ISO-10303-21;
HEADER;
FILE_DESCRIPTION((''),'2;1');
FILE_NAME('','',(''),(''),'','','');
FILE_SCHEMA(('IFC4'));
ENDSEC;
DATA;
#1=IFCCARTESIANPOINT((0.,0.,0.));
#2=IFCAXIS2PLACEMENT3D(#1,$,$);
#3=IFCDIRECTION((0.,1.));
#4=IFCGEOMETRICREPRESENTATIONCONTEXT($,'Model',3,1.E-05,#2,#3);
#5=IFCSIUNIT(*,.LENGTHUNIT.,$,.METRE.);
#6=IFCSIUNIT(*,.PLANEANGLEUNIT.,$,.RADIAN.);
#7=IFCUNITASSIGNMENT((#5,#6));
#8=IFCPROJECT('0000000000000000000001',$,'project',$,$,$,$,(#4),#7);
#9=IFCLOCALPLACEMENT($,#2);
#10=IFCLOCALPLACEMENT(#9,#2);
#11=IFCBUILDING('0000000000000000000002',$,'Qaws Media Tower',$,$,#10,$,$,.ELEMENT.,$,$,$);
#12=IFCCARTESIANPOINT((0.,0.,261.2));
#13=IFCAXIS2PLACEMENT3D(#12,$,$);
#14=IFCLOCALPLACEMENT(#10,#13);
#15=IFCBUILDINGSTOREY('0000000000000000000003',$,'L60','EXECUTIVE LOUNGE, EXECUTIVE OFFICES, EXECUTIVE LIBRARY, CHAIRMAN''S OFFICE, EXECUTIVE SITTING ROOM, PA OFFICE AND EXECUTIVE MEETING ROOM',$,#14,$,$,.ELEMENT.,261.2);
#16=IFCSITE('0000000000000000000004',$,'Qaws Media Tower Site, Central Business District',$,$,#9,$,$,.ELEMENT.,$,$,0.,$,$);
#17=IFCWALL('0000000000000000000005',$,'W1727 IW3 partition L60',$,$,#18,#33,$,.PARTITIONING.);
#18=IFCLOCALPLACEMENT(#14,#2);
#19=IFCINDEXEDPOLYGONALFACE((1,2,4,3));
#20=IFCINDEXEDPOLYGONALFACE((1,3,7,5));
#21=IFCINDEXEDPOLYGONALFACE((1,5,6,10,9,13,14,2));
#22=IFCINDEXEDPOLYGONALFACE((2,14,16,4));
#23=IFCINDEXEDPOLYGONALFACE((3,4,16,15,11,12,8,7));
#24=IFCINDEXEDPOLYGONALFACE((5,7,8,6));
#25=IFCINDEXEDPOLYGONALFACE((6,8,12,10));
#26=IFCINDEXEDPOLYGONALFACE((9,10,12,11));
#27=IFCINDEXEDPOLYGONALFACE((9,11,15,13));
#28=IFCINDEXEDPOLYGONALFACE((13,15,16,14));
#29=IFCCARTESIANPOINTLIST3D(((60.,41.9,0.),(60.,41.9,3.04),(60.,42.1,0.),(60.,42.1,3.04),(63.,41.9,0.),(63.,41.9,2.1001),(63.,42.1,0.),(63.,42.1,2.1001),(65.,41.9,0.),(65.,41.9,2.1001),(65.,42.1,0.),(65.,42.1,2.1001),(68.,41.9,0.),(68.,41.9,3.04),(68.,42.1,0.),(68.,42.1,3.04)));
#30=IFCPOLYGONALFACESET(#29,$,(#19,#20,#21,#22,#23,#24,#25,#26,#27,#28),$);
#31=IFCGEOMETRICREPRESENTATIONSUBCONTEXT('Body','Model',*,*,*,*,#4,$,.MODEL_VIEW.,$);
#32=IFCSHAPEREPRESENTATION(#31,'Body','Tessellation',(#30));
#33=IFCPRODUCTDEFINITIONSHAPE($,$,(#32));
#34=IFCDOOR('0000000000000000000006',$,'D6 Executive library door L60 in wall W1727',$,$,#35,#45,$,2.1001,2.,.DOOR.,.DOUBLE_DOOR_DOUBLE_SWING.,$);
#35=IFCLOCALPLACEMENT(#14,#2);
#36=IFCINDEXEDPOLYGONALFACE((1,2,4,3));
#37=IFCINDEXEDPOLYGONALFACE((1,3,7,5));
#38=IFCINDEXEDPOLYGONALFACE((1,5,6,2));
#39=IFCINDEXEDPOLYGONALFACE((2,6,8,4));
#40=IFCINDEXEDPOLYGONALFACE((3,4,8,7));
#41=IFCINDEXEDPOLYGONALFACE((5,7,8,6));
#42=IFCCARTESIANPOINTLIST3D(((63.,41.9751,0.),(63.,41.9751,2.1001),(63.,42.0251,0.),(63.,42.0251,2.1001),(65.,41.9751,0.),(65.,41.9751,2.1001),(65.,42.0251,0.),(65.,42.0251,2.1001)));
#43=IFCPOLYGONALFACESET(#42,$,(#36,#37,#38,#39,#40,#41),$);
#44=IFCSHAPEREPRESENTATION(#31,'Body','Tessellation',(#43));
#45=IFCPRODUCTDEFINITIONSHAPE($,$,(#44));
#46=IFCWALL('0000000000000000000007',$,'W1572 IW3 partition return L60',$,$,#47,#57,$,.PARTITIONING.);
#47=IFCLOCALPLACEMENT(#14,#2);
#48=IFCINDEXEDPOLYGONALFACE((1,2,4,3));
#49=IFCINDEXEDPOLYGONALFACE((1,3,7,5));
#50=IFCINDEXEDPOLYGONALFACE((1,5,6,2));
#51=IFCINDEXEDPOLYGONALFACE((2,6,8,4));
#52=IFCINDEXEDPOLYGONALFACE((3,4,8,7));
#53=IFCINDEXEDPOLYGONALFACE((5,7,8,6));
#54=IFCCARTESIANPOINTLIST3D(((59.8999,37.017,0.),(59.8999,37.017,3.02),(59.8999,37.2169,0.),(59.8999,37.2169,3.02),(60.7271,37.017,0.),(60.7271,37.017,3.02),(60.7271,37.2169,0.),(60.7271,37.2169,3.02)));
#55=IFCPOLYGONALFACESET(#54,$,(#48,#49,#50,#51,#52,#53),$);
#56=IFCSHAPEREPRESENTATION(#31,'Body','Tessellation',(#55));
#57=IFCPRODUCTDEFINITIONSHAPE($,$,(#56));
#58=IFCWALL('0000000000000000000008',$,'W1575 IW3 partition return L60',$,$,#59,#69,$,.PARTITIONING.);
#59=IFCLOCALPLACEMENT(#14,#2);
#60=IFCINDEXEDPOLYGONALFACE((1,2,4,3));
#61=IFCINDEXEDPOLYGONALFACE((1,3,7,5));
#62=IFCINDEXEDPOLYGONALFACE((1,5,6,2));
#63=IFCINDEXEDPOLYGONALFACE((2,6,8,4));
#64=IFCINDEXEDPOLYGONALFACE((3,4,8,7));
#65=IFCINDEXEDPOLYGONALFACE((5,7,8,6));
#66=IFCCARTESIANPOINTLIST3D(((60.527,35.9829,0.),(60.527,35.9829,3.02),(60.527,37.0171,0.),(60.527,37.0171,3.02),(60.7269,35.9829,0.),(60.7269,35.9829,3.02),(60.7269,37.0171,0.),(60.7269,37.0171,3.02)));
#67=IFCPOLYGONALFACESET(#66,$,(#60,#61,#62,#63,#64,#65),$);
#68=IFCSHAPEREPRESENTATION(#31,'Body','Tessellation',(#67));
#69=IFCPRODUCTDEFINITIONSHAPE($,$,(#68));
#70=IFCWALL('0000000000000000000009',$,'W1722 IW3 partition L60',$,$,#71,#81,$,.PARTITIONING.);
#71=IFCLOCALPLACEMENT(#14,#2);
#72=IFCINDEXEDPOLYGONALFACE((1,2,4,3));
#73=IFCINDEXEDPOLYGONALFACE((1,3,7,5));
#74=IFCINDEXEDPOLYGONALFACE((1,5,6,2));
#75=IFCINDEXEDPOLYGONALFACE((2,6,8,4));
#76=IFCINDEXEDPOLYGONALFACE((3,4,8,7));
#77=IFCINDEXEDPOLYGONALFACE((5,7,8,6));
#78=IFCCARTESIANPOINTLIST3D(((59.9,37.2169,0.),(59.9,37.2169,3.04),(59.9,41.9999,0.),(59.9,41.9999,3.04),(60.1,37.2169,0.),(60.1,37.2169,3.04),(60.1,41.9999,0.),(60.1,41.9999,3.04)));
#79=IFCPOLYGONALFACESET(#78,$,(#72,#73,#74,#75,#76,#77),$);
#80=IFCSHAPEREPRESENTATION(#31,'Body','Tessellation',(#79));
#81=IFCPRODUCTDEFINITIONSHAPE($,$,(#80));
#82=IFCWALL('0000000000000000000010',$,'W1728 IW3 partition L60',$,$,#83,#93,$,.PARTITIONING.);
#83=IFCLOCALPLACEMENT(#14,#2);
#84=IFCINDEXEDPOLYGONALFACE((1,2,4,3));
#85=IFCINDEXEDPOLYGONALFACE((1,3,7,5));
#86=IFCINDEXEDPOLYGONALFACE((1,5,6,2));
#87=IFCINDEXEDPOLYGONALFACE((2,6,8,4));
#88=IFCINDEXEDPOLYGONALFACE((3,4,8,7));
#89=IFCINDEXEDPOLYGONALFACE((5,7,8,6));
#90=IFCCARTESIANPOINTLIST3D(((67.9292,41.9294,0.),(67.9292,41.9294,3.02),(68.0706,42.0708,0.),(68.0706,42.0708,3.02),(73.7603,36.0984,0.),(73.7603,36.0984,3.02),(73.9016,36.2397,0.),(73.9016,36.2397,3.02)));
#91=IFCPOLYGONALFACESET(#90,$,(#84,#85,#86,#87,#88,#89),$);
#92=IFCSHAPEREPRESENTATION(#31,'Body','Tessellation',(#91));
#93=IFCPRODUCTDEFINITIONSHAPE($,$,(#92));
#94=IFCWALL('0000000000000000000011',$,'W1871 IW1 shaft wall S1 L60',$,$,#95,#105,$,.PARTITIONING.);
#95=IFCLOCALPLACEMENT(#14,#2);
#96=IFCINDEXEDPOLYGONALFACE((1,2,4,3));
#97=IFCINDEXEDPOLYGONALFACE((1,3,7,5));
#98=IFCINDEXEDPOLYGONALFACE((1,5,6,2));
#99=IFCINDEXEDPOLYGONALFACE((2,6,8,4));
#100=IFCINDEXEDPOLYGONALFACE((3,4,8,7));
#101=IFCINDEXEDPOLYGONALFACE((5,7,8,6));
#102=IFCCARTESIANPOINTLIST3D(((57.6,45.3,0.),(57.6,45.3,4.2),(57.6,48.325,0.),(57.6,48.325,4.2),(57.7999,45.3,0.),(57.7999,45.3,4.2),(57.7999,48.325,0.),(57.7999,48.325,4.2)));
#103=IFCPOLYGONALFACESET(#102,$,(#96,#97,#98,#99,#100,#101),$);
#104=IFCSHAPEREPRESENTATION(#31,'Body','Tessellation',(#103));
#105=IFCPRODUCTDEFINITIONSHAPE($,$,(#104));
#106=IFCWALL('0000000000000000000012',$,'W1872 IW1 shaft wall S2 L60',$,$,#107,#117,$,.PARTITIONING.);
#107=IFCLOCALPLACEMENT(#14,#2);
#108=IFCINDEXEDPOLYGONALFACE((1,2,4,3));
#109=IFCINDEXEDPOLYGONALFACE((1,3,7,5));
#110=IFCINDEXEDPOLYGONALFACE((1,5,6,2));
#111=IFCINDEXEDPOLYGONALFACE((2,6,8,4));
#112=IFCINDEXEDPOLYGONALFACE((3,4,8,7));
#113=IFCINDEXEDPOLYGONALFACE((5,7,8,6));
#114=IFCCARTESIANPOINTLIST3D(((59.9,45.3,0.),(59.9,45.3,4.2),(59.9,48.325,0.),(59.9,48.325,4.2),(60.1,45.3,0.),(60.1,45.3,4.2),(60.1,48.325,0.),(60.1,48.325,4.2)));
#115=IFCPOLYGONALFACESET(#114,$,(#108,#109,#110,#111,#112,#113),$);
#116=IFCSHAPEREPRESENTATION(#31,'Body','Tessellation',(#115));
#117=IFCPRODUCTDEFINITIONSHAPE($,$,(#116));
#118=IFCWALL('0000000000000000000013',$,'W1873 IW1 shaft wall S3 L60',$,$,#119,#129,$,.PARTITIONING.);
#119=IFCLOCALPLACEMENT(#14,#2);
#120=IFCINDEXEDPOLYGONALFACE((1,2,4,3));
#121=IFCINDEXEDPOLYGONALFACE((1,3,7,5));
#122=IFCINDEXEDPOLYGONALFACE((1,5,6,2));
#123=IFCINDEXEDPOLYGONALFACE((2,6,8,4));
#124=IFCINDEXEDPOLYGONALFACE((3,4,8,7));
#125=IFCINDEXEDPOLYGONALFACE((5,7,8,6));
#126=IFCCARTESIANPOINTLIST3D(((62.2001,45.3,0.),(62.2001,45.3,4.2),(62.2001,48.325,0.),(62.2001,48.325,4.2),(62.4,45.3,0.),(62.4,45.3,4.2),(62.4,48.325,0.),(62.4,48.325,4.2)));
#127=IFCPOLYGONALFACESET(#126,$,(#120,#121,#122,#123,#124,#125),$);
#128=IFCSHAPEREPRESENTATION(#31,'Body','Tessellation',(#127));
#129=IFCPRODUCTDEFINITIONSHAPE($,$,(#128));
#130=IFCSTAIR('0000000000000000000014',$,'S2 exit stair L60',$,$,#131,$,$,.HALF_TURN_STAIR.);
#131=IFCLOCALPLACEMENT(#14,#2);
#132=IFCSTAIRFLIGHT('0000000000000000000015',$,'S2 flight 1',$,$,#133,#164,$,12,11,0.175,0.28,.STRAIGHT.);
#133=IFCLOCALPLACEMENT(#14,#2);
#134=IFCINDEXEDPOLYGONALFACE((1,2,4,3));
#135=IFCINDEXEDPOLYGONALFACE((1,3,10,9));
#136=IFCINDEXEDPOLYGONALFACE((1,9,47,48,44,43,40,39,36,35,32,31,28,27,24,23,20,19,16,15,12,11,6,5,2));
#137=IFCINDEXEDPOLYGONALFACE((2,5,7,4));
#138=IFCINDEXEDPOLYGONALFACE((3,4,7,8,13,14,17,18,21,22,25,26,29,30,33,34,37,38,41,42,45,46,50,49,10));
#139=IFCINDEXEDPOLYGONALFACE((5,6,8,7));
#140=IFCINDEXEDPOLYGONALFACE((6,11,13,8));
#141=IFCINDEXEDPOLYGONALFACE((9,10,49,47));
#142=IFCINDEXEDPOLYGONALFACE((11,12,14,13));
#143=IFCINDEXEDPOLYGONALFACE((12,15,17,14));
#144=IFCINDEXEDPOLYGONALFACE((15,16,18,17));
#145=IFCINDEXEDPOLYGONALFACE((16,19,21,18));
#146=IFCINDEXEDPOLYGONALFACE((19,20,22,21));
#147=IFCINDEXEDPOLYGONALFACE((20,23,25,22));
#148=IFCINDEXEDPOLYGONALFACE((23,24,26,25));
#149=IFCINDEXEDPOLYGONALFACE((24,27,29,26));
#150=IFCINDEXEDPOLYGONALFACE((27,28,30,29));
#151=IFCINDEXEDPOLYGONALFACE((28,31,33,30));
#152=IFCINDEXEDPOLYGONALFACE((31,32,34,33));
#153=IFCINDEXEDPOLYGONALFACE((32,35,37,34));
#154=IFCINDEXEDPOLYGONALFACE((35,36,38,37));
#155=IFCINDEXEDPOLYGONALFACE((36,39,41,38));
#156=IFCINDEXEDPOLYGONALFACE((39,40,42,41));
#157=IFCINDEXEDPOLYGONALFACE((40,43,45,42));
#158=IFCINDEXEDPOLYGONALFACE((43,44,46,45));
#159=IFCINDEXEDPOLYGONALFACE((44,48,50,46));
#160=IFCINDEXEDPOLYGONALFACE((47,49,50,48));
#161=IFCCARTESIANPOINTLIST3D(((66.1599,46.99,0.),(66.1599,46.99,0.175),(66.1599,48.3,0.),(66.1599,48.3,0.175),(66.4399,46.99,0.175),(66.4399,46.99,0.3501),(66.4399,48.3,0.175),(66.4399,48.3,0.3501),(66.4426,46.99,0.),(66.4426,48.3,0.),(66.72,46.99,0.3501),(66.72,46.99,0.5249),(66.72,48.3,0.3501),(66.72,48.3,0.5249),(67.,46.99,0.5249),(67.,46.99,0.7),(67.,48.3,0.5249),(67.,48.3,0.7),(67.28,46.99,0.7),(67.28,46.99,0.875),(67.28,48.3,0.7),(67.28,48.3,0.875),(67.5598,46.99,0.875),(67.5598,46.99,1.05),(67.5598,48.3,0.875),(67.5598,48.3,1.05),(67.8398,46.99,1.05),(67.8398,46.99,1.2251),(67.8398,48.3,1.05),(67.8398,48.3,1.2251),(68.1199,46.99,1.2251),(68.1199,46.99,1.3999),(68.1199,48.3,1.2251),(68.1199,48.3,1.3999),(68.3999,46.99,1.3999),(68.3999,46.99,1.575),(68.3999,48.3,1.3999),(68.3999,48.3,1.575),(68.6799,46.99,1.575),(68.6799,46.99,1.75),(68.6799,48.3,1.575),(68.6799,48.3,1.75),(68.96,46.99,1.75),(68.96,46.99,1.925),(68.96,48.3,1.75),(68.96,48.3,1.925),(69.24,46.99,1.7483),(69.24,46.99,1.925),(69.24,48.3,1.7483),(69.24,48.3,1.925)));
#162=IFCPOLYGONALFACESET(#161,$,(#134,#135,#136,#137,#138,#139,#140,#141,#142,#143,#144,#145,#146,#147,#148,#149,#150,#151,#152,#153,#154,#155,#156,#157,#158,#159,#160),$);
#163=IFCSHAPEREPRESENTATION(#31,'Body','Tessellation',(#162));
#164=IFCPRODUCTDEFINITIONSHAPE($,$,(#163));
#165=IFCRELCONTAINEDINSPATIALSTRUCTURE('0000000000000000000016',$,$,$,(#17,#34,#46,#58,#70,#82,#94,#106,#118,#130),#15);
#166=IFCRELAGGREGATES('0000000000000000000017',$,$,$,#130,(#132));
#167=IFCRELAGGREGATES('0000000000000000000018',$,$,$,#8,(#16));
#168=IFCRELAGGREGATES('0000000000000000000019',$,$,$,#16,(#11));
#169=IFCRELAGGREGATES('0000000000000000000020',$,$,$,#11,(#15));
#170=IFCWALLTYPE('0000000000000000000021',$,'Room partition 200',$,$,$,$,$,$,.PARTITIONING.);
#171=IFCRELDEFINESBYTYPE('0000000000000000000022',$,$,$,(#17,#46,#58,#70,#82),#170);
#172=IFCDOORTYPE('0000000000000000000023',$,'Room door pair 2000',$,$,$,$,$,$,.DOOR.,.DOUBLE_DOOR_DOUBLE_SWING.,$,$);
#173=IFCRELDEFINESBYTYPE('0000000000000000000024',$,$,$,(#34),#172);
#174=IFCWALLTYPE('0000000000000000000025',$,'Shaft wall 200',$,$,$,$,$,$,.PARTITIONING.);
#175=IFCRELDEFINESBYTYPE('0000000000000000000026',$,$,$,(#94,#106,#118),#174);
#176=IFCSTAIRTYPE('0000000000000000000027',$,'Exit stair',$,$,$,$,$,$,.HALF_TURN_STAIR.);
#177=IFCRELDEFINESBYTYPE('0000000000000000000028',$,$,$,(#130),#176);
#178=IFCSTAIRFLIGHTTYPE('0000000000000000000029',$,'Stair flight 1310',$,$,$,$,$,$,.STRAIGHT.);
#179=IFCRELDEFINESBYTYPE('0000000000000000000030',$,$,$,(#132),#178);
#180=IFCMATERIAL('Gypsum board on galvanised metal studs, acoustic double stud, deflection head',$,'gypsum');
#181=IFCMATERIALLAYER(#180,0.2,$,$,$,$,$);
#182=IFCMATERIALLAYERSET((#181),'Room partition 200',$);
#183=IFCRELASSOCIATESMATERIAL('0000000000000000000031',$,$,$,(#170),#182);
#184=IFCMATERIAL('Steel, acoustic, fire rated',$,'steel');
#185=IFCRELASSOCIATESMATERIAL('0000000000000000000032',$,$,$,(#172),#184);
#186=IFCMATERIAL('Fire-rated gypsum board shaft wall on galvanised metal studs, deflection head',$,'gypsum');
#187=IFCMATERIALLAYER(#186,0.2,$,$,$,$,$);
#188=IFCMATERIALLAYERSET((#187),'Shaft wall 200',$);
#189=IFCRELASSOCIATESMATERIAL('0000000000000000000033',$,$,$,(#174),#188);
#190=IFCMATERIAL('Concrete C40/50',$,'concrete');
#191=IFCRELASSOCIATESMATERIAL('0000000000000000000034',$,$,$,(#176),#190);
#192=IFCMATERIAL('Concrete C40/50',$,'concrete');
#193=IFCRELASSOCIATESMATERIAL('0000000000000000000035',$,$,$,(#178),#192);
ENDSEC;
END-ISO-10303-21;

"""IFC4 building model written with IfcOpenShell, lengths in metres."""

from ifc_helpers import new_model, si_unit, direction, frame, frame_2d, origin, place, context, subcontext, project, spatial, polyline, rectangle, outline, extrude, material, layer, layer_set, type_object, element, fill, aggregate, save


model = new_model("IFC4")

# Units and contexts
model_context = context("Model", 3, precision=1e-05, world=origin(), true_north=direction((0.0, 1.0)))
body_context = subcontext(model_context, "Body", "Model", "MODEL_VIEW")
ifc_project = project(units=[si_unit("LENGTHUNIT", "METRE"), si_unit("PLANEANGLEUNIT", "RADIAN")], contexts=[model_context])

# Site, building, storey
site_placement = place(None, origin())
site = spatial("IfcSite", under=ifc_project, at=site_placement, Name="Qaws Media Tower Site, Central Business District", CompositionType="ELEMENT", RefElevation=0.0)
building_placement = place(site_placement, origin())
building = spatial("IfcBuilding", under=site, at=building_placement, Name="Qaws Media Tower", CompositionType="ELEMENT")
storey_placement = place(building_placement, frame((0.0, 0.0, 261.2)))
storey = spatial("IfcBuildingStorey", under=building, at=storey_placement, Name="L60", Description="EXECUTIVE LOUNGE, EXECUTIVE OFFICES, EXECUTIVE LIBRARY, CHAIRMAN'S OFFICE, EXECUTIVE SITTING ROOM, PA OFFICE AND EXECUTIVE MEETING ROOM", CompositionType="ELEMENT", Elevation=261.2)

# Wall, opening, door
ifc_material_1 = material(Name="Gypsum board on galvanised metal studs, acoustic double stud, deflection head", Category="gypsum")
ifc_layer_1 = layer(ifc_material_1, 0.2)
ifc_layer_set_1 = layer_set([ifc_layer_1], Name="Room partition 200")
wall_type_1 = type_object("IfcWallType", Name="Room partition 200", PredefinedType="PARTITIONING", material=ifc_layer_set_1)
wall_1_placement = place(storey_placement, frame((68.0, 42.0, 0.0), z_axis=(0.0, 0.0, 1.0), x_axis=(-1.0, 0.0, 0.0)))
wall_1 = element("IfcWall", 1, at=wall_1_placement, inside=storey, type_object=wall_type_1, Name="W1727 IW3 partition L60", PredefinedType="PARTITIONING", context=body_context, shape_type="SweptSolid", body=[
    extrude(rectangle(XDim=8.0, YDim=0.2, at=frame_2d((4.0, 0.0))), origin(), (0.0, 0.0, 1.0), 3.04),
])
opening_1_placement = place(wall_1_placement, frame((3.0, 0.0, 0.0)))
opening_1 = element("IfcOpeningElement", 2, at=opening_1_placement, cuts=wall_1, PredefinedType="OPENING", context=body_context, shape_type="SweptSolid", body=[
    extrude(rectangle(XDim=2.0, YDim=2.1001, at=frame_2d((1.0, 1.05))), frame((0.0, 0.1099, 0.0), z_axis=(0.0, -1.0, 0.0), x_axis=(1.0, 0.0, 0.0)), (0.0, 0.0, 1.0), 0.22),
])
ifc_material_2 = material(Name="Steel, acoustic, fire rated", Category="steel")
door_type_1 = type_object("IfcDoorType", Name="Room door pair 2000", OperationType="DOUBLE_DOOR_DOUBLE_SWING", PredefinedType="DOOR", material=ifc_material_2)
door_1_placement = place(opening_1_placement, origin())
door_1 = element("IfcDoor", 3, at=door_1_placement, inside=storey, type_object=door_type_1, Name="D6 Executive library door L60 in wall W1727", OperationType="DOUBLE_DOOR_DOUBLE_SWING", OverallHeight=2.1001, OverallWidth=2.0, PredefinedType="DOOR", context=body_context, shape_type="SweptSolid", body=[
    extrude(rectangle(XDim=2.0, YDim=2.1001, at=frame_2d((1.0, 1.05))), frame((0.0, 0.0249, 0.0), z_axis=(0.0, -1.0, 0.0), x_axis=(1.0, 0.0, 0.0)), (0.0, 0.0, 1.0), 0.05),
])
fill(opening_1, door_1)

# Walls
wall_2_placement = place(storey_placement, frame((59.8999, 37.1169, 0.0), z_axis=(0.0, 0.0, 1.0), x_axis=(1.0, 0.0, 0.0)))
element("IfcWall", 4, at=wall_2_placement, inside=storey, type_object=wall_type_1, Name="W1572 IW3 partition return L60", PredefinedType="PARTITIONING", context=body_context, shape_type="SweptSolid", body=[
    extrude(rectangle(XDim=0.8271, YDim=0.2, at=frame_2d((0.4136, 0.0))), origin(), (0.0, 0.0, 1.0), 3.02),
])
wall_3_placement = place(storey_placement, frame((60.627, 37.0171, 0.0), z_axis=(0.0, 0.0, 1.0), x_axis=(0.0, -1.0, 0.0)))
element("IfcWall", 5, at=wall_3_placement, inside=storey, type_object=wall_type_1, Name="W1575 IW3 partition return L60", PredefinedType="PARTITIONING", context=body_context, shape_type="SweptSolid", body=[
    extrude(rectangle(XDim=1.0342, YDim=0.2, at=frame_2d((0.5171, 0.0))), origin(), (0.0, 0.0, 1.0), 3.02),
])
wall_4_placement = place(storey_placement, frame((60.0, 42.0, 0.0), z_axis=(0.0, 0.0, 1.0), x_axis=(0.0, -1.0, 0.0)))
element("IfcWall", 6, at=wall_4_placement, inside=storey, type_object=wall_type_1, Name="W1722 IW3 partition L60", PredefinedType="PARTITIONING", context=body_context, shape_type="SweptSolid", body=[
    extrude(rectangle(XDim=4.783, YDim=0.2, at=frame_2d((2.3916, 0.0))), origin(), (0.0, 0.0, 1.0), 3.04),
])
wall_5_placement = place(storey_placement, frame((68.0, 42.0, 0.0), z_axis=(0.0, 0.0, 1.0), x_axis=(0.707107, -0.707107, 0.0)))
element("IfcWall", 7, at=wall_5_placement, inside=storey, type_object=wall_type_1, Name="W1728 IW3 partition L60", PredefinedType="PARTITIONING", context=body_context, shape_type="SweptSolid", body=[
    extrude(rectangle(XDim=8.2463, YDim=0.2, at=frame_2d((4.123, 0.0))), origin(), (0.0, 0.0, 1.0), 3.02),
])
ifc_material_3 = material(Name="Fire-rated gypsum board shaft wall on galvanised metal studs, deflection head", Category="gypsum")
ifc_layer_2 = layer(ifc_material_3, 0.2)
ifc_layer_set_2 = layer_set([ifc_layer_2], Name="Shaft wall 200")
wall_type_2 = type_object("IfcWallType", Name="Shaft wall 200", PredefinedType="PARTITIONING", material=ifc_layer_set_2)
for number, where, z_axis, x_axis, name in (
    (8, (57.7, 45.3, 0.0), (0.0, 0.0, 1.0), (0.0, 1.0, 0.0), "W1871 IW1 shaft wall S1 L60"),
    (9, (60.0, 45.3, 0.0), (0.0, 0.0, 1.0), (0.0, 1.0, 0.0), "W1872 IW1 shaft wall S2 L60"),
    (10, (62.3, 45.3, 0.0), (0.0, 0.0, 1.0), (0.0, 1.0, 0.0), "W1873 IW1 shaft wall S3 L60"),
):
    element("IfcWall", number, at=place(storey_placement, frame(where, z_axis=z_axis, x_axis=x_axis)), inside=storey, type_object=wall_type_2, Name=name, PredefinedType="PARTITIONING", context=body_context, shape_type="SweptSolid", body=[
        extrude(rectangle(XDim=3.0249, YDim=0.2, at=frame_2d((1.5125, 0.0))), origin(), (0.0, 0.0, 1.0), 4.2),
    ])

# Stair, stair flight
ifc_material_4 = material(Name="Concrete C40/50", Category="concrete")
stair_type = type_object("IfcStairType", Name="Exit stair", PredefinedType="HALF_TURN_STAIR", material=ifc_material_4)
stair_placement = place(storey_placement, origin())
stair = element("IfcStair", 11, at=stair_placement, inside=storey, type_object=stair_type, Name="S2 exit stair L60", PredefinedType="HALF_TURN_STAIR")
ifc_material_5 = material(Name="Concrete C40/50", Category="concrete")
stair_flight_type = type_object("IfcStairFlightType", Name="Stair flight 1310", PredefinedType="STRAIGHT", material=ifc_material_5)
stair_flight_1_placement = place(storey_placement, frame((66.1599, 47.645, 0.0), z_axis=(0.0, 0.0, 1.0), x_axis=(1.0, 0.0, 0.0)))
stair_flight_1 = element("IfcStairFlight", 12, at=stair_flight_1_placement, type_object=stair_flight_type, Name="S2 flight 1", NumberOfRisers=12, NumberOfTreads=11, PredefinedType="STRAIGHT", RiserHeight=0.175, TreadLength=0.28, context=body_context, shape_type="SweptSolid", body=[
    extrude(outline(polyline([(0.0, 0.0), (0.0, 0.175), (0.28, 0.175), (0.28, 0.3501), (0.5601, 0.3501), (0.5601, 0.5249), (0.8401, 0.5249), (0.8401, 0.7), (1.1201, 0.7), (1.1201, 0.875), (1.3999, 0.875), (1.3999, 1.05), (1.6799, 1.05), (1.6799, 1.2251), (1.96, 1.2251), (1.96, 1.3999), (2.24, 1.3999), (2.24, 1.575), (2.52, 1.575), (2.52, 1.75), (2.8, 1.75), (2.8, 1.925), (3.0801, 1.925), (3.0801, 2.1001), (3.0801, 1.7483), (0.2827, 0.0), (0.0, 0.0)])), frame((0.0, 0.655, 0.0), z_axis=(0.0, -1.0, 0.0), x_axis=(1.0, 0.0, 0.0)), (0.0, 0.0, 1.0), 1.3101),
])
aggregate(stair, [stair_flight_1])

save(model, "model.ifc")
